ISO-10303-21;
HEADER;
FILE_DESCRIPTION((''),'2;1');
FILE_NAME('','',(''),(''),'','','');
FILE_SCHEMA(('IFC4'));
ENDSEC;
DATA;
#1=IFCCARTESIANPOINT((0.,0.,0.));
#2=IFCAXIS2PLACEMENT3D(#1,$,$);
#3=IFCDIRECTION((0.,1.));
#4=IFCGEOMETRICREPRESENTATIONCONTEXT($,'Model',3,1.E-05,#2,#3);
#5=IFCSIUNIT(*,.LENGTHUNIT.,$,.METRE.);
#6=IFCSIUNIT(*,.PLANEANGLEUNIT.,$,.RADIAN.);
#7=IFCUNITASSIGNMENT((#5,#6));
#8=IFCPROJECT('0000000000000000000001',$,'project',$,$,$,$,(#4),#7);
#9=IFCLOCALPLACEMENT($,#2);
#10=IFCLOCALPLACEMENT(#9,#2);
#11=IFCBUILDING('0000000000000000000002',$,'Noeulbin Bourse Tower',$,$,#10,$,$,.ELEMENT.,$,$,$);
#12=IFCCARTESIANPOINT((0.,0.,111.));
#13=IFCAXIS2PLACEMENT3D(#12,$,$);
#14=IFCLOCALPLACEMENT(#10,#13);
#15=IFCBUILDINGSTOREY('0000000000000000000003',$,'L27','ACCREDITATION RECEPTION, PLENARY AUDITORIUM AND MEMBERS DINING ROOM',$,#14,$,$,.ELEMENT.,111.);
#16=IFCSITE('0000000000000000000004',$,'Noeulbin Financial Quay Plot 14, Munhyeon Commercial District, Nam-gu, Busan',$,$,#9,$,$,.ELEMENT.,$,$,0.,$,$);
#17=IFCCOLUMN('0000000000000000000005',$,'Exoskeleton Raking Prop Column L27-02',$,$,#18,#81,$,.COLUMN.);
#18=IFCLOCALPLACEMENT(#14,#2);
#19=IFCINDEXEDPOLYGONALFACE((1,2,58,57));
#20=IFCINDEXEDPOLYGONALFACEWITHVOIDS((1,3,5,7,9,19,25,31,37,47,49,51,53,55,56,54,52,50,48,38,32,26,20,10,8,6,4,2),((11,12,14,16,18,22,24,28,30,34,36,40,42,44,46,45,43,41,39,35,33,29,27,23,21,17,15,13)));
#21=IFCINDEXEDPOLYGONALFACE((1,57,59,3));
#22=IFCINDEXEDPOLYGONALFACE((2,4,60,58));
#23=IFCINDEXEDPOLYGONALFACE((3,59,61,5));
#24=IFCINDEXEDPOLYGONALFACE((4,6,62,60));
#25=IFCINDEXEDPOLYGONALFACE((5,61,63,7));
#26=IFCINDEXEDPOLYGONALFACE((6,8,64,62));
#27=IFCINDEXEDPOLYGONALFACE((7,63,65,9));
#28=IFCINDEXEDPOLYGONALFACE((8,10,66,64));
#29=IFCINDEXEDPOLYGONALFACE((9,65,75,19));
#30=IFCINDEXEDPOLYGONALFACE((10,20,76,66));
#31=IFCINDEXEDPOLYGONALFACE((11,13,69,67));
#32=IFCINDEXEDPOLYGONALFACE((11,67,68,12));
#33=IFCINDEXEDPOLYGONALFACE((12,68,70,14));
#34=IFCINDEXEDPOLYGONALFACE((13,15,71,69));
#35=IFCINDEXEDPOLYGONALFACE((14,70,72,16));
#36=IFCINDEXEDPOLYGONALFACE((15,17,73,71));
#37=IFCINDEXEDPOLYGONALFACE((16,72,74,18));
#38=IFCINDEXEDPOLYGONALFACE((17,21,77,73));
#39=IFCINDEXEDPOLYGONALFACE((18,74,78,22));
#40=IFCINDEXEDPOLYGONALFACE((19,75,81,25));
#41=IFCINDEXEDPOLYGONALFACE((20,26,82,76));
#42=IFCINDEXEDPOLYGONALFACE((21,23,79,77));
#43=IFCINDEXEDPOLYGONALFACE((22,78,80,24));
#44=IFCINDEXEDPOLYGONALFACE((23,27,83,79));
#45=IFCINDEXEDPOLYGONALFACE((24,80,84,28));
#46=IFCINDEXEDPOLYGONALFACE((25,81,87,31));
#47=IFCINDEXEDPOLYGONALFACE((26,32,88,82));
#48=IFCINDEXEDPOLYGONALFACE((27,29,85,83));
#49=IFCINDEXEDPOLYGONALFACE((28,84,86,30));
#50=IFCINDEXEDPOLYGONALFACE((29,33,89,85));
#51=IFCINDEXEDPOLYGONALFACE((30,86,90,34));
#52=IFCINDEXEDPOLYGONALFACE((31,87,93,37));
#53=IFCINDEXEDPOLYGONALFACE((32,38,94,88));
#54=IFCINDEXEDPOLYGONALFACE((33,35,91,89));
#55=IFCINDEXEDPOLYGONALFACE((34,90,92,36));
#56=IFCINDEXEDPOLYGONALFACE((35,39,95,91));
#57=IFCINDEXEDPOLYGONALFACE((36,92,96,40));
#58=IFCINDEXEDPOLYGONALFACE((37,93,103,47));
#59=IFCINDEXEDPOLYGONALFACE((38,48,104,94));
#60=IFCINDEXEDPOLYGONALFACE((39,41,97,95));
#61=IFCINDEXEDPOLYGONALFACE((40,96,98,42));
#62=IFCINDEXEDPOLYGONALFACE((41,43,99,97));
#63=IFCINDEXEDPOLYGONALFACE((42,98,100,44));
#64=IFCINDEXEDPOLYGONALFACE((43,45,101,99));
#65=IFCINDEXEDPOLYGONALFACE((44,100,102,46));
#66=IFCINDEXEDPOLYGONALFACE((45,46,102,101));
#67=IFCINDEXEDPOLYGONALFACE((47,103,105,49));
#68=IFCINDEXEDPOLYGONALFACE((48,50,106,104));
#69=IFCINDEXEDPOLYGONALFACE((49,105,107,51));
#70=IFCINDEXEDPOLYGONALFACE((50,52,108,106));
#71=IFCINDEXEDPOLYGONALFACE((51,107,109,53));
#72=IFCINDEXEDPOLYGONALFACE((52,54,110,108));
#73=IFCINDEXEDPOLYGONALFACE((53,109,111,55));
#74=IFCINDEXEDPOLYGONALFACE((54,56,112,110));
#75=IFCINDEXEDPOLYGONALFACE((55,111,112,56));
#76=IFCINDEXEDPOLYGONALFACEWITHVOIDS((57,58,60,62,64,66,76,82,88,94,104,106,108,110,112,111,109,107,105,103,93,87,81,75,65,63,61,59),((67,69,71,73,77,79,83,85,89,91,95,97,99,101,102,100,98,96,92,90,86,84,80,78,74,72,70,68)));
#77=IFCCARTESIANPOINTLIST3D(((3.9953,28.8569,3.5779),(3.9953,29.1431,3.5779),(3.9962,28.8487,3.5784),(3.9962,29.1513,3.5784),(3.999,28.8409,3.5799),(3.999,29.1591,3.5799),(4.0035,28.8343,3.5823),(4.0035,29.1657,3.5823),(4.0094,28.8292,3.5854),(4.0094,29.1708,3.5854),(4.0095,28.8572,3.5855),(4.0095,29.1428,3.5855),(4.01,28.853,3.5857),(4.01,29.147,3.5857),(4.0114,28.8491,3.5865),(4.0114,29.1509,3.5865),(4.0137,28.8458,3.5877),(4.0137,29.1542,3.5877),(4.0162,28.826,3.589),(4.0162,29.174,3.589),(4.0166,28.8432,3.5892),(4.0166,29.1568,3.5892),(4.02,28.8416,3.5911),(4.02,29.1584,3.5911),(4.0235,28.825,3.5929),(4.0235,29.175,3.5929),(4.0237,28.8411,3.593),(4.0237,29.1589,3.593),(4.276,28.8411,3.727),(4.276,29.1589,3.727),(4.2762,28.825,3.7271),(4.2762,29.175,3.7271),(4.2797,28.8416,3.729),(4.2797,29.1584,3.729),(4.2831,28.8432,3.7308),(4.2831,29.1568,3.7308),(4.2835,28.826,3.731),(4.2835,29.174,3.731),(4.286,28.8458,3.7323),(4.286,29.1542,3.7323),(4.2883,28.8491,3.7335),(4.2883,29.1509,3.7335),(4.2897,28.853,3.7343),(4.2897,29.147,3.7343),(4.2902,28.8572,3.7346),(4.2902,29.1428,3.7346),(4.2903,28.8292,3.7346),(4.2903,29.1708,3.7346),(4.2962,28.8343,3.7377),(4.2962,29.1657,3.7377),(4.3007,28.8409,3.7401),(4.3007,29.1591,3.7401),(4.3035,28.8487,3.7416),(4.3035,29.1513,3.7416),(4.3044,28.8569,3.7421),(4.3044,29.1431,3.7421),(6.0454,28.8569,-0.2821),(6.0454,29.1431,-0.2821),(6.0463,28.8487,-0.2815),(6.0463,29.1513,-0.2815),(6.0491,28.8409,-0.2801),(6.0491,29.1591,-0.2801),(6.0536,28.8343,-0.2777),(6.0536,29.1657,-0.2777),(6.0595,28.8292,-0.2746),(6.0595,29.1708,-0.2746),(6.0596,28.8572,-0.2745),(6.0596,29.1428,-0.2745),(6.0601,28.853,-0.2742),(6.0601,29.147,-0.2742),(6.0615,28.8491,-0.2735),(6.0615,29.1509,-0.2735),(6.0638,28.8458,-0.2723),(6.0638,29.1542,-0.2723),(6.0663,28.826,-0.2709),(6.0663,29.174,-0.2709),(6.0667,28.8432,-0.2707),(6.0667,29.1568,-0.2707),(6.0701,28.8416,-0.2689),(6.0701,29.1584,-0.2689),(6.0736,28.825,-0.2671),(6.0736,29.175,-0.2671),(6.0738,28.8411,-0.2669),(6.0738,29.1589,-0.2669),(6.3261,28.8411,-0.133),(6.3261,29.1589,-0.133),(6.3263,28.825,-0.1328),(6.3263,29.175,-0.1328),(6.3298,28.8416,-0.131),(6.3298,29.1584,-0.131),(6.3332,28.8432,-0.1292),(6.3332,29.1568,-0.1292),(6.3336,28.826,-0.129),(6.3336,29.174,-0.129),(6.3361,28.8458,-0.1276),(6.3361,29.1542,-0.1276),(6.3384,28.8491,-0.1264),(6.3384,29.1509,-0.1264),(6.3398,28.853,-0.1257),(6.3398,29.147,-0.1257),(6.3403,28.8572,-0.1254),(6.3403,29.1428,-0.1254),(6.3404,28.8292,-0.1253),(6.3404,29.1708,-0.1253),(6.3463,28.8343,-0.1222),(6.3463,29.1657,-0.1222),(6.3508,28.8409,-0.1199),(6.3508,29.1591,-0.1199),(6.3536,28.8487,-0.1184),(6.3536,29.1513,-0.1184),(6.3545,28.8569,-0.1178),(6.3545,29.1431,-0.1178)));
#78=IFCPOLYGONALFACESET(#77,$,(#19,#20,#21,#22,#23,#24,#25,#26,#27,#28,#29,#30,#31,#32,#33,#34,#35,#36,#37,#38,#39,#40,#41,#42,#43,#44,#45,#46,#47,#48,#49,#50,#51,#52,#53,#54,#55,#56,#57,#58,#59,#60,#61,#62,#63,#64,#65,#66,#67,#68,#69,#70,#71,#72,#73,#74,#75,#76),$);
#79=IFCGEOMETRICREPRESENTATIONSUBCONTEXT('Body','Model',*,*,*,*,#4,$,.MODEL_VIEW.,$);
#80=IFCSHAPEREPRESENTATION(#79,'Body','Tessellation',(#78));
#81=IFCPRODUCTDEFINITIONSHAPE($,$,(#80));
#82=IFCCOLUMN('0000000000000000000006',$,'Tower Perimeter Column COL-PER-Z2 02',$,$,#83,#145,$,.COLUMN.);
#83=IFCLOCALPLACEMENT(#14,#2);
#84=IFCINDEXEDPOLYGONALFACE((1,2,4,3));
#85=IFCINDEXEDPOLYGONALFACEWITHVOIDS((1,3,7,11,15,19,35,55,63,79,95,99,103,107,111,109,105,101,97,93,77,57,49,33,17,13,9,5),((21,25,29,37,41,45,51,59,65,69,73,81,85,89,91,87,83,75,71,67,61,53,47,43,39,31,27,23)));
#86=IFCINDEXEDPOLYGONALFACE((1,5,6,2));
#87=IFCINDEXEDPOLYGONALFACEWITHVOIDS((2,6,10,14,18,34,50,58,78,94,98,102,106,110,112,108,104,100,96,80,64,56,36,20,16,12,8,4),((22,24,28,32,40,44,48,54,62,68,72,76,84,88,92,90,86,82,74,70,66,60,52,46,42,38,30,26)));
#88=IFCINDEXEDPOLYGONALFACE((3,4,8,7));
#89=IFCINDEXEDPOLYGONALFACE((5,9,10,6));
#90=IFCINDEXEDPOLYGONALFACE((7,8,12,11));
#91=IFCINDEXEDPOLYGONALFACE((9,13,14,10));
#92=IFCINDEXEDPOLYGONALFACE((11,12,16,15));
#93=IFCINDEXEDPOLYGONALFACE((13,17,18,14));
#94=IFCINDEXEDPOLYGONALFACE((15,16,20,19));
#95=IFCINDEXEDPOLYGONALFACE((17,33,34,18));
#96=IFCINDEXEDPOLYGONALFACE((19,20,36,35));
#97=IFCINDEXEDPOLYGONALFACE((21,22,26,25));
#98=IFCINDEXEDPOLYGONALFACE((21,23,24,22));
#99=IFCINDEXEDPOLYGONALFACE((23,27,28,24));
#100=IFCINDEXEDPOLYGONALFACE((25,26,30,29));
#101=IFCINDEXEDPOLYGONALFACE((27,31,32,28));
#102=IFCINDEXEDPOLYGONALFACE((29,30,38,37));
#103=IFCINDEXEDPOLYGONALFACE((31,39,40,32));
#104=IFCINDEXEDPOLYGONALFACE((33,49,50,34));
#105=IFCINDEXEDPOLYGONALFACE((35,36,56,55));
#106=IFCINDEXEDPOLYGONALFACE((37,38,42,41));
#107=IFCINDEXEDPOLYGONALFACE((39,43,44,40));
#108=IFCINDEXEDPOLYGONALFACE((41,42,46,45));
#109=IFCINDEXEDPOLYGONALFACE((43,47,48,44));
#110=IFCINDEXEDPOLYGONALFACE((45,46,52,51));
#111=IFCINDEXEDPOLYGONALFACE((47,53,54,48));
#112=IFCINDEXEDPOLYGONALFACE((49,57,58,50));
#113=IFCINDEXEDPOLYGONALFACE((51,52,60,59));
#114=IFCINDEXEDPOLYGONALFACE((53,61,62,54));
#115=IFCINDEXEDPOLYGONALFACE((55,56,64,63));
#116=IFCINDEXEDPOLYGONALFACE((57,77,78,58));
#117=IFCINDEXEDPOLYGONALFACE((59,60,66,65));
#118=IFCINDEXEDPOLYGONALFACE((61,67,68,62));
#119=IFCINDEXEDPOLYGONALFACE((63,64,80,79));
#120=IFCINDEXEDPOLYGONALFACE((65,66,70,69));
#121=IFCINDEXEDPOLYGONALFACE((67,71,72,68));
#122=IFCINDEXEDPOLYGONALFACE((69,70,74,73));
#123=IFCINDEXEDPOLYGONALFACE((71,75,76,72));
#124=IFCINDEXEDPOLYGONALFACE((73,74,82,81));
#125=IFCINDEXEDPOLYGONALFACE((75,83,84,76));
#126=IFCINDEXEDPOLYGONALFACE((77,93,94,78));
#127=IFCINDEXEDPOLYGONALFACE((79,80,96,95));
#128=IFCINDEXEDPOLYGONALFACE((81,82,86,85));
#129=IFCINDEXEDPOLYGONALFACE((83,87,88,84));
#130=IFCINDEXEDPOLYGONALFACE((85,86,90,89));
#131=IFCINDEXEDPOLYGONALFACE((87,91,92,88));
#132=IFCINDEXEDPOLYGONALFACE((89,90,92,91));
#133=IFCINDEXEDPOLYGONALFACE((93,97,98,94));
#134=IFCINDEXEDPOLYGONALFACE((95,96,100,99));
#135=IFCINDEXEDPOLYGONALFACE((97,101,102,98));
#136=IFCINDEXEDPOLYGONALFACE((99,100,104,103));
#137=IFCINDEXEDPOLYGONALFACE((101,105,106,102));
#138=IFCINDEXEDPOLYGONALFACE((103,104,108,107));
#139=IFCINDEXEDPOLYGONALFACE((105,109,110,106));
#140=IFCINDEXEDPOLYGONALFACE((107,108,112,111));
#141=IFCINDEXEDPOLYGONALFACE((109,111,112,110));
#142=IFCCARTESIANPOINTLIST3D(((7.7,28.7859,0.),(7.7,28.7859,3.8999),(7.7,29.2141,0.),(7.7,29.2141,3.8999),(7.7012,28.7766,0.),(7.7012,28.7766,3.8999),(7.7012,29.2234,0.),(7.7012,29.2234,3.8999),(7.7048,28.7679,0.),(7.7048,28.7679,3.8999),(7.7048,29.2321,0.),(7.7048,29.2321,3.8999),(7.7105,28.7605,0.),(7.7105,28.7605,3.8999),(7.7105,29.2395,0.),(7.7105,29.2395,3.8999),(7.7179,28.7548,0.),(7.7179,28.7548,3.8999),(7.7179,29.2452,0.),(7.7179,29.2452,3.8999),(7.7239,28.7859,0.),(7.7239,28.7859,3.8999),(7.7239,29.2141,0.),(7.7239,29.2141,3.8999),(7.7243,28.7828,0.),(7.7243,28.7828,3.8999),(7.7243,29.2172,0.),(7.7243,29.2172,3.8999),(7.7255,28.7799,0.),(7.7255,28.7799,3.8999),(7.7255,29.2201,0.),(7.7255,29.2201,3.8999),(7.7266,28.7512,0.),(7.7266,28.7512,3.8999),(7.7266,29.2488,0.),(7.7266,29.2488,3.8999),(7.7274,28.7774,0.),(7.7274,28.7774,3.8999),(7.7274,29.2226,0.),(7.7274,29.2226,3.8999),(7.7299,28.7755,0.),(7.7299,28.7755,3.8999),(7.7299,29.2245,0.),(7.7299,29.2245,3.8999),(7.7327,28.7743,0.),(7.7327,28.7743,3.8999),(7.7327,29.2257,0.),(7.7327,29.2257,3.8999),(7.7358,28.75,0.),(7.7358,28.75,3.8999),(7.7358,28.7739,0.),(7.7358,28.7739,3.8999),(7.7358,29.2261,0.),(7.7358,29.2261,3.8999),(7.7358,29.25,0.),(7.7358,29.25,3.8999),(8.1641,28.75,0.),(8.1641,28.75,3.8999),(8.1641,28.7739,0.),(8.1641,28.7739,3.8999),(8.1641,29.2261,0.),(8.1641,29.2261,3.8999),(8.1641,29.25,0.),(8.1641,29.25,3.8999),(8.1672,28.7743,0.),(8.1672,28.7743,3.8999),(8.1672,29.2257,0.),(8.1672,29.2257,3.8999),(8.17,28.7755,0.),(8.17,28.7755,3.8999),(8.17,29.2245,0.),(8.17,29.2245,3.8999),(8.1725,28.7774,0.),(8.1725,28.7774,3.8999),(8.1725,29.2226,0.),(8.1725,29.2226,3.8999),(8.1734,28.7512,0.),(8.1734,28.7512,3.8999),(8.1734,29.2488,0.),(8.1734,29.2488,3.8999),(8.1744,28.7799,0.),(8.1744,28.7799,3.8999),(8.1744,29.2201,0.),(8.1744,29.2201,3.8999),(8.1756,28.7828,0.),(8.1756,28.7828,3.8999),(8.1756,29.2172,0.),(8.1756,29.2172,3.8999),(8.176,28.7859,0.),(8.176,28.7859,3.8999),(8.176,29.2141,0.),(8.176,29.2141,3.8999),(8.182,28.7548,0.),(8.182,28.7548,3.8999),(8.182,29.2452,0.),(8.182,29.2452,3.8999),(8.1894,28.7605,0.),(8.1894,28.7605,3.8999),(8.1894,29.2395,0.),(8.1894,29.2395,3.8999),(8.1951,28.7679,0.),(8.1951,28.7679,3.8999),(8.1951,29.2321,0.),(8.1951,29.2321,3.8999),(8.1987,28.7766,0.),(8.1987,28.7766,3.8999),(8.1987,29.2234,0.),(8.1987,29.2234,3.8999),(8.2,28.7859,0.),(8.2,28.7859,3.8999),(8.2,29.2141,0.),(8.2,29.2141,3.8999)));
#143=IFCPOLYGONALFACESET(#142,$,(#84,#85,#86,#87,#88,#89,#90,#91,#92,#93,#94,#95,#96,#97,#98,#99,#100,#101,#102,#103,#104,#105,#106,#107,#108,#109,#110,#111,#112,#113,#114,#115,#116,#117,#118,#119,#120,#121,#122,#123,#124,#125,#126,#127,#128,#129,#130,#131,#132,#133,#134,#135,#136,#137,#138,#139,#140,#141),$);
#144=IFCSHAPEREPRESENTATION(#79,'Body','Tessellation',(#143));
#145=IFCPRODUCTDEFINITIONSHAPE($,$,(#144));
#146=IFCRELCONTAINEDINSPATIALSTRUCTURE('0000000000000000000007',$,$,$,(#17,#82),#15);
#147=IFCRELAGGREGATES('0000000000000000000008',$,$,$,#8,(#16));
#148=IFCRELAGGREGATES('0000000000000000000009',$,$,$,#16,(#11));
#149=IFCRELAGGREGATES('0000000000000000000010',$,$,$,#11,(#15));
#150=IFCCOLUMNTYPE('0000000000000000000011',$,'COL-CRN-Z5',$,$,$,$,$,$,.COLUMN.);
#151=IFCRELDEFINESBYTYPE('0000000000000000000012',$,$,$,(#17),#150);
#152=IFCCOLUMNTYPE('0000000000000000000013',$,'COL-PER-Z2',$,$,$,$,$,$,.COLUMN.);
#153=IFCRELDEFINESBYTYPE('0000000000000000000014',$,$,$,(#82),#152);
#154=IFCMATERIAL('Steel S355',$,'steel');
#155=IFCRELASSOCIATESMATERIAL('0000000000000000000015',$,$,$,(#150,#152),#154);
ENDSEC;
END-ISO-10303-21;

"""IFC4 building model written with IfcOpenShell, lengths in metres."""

from ifc_helpers import new_model, si_unit, direction, frame, origin, origin_2d, place, context, subcontext, project, spatial, hollow_rectangle, extrude, material, material_profile, profile_set, type_object, element, save


model = new_model("IFC4")

# Units and contexts
model_context = context("Model", 3, precision=1e-05, world=origin(), true_north=direction((0.0, 1.0)))
body_context = subcontext(model_context, "Body", "Model", "MODEL_VIEW")
ifc_project = project(units=[si_unit("LENGTHUNIT", "METRE"), si_unit("PLANEANGLEUNIT", "RADIAN")], contexts=[model_context])

# Site, building, storey
site_placement = place(None, origin())
site = spatial("IfcSite", under=ifc_project, at=site_placement, Name="Noeulbin Financial Quay Plot 14, Munhyeon Commercial District, Nam-gu, Busan", CompositionType="ELEMENT", RefElevation=0.0)
building_placement = place(site_placement, origin())
building = spatial("IfcBuilding", under=site, at=building_placement, Name="Noeulbin Bourse Tower", CompositionType="ELEMENT")
storey_placement = place(building_placement, frame((0.0, 0.0, 111.0)))
storey = spatial("IfcBuildingStorey", under=building, at=storey_placement, Name="L27", Description="ACCREDITATION RECEPTION, PLENARY AUDITORIUM AND MEMBERS DINING ROOM", CompositionType="ELEMENT", Elevation=111.0)

# Columns
ifc_material_1 = material(Name="Steel S355", Category="steel")
ifc_material_profile_1 = material_profile(ifc_material_1, hollow_rectangle(XDim=0.3501, YDim=0.3501, WallThickness=0.0161, InnerFilletRadius=0.0161, OuterFilletRadius=0.032, at=origin_2d()), Name="SHS-350x350x16", Category="LoadBearing")
ifc_profile_set_1 = profile_set([ifc_material_profile_1], Name="Steel S355")
column_type_1 = type_object("IfcColumnType", Name="COL-CRN-Z5", PredefinedType="COLUMN", material=ifc_profile_set_1)
column_1_placement = place(storey_placement, frame((6.2, 29.0, -0.2), z_axis=(-0.469065, 0.0, 0.883163), x_axis=(0.0, -1.0, 0.0)))
element("IfcColumn", 1, at=column_1_placement, inside=storey, type_object=column_type_1, Name="Exoskeleton Raking Prop Column L27-02", PredefinedType="COLUMN", context=body_context, shape_type="SweptSolid", body=[
    extrude(hollow_rectangle(XDim=0.3501, YDim=0.3501, WallThickness=0.0161, InnerFilletRadius=0.0161, OuterFilletRadius=0.032, at=origin_2d()), origin(), (0.0, 0.0, 1.0), 4.3706),
])
ifc_material_profile_2 = material_profile(ifc_material_1, hollow_rectangle(XDim=0.5, YDim=0.5, WallThickness=0.0239, InnerFilletRadius=0.012, OuterFilletRadius=0.0359, at=origin_2d()), Name="BOX-500x500x24", Category="LoadBearing")
ifc_profile_set_2 = profile_set([ifc_material_profile_2], Name="Steel S355")
column_type_2 = type_object("IfcColumnType", Name="COL-PER-Z2", PredefinedType="COLUMN", material=ifc_profile_set_2)
column_2_placement = place(storey_placement, frame((7.95, 29.0, 0.0), z_axis=(0.0, 0.0, 1.0), x_axis=(1.0, 0.0, 0.0)))
element("IfcColumn", 2, at=column_2_placement, inside=storey, type_object=column_type_2, Name="Tower Perimeter Column COL-PER-Z2 02", PredefinedType="COLUMN", context=body_context, shape_type="SweptSolid", body=[
    extrude(hollow_rectangle(XDim=0.5, YDim=0.5, WallThickness=0.0239, InnerFilletRadius=0.012, OuterFilletRadius=0.0359, at=origin_2d()), origin(), (0.0, 0.0, 1.0), 3.8999),
])

save(model, "model.ifc")
